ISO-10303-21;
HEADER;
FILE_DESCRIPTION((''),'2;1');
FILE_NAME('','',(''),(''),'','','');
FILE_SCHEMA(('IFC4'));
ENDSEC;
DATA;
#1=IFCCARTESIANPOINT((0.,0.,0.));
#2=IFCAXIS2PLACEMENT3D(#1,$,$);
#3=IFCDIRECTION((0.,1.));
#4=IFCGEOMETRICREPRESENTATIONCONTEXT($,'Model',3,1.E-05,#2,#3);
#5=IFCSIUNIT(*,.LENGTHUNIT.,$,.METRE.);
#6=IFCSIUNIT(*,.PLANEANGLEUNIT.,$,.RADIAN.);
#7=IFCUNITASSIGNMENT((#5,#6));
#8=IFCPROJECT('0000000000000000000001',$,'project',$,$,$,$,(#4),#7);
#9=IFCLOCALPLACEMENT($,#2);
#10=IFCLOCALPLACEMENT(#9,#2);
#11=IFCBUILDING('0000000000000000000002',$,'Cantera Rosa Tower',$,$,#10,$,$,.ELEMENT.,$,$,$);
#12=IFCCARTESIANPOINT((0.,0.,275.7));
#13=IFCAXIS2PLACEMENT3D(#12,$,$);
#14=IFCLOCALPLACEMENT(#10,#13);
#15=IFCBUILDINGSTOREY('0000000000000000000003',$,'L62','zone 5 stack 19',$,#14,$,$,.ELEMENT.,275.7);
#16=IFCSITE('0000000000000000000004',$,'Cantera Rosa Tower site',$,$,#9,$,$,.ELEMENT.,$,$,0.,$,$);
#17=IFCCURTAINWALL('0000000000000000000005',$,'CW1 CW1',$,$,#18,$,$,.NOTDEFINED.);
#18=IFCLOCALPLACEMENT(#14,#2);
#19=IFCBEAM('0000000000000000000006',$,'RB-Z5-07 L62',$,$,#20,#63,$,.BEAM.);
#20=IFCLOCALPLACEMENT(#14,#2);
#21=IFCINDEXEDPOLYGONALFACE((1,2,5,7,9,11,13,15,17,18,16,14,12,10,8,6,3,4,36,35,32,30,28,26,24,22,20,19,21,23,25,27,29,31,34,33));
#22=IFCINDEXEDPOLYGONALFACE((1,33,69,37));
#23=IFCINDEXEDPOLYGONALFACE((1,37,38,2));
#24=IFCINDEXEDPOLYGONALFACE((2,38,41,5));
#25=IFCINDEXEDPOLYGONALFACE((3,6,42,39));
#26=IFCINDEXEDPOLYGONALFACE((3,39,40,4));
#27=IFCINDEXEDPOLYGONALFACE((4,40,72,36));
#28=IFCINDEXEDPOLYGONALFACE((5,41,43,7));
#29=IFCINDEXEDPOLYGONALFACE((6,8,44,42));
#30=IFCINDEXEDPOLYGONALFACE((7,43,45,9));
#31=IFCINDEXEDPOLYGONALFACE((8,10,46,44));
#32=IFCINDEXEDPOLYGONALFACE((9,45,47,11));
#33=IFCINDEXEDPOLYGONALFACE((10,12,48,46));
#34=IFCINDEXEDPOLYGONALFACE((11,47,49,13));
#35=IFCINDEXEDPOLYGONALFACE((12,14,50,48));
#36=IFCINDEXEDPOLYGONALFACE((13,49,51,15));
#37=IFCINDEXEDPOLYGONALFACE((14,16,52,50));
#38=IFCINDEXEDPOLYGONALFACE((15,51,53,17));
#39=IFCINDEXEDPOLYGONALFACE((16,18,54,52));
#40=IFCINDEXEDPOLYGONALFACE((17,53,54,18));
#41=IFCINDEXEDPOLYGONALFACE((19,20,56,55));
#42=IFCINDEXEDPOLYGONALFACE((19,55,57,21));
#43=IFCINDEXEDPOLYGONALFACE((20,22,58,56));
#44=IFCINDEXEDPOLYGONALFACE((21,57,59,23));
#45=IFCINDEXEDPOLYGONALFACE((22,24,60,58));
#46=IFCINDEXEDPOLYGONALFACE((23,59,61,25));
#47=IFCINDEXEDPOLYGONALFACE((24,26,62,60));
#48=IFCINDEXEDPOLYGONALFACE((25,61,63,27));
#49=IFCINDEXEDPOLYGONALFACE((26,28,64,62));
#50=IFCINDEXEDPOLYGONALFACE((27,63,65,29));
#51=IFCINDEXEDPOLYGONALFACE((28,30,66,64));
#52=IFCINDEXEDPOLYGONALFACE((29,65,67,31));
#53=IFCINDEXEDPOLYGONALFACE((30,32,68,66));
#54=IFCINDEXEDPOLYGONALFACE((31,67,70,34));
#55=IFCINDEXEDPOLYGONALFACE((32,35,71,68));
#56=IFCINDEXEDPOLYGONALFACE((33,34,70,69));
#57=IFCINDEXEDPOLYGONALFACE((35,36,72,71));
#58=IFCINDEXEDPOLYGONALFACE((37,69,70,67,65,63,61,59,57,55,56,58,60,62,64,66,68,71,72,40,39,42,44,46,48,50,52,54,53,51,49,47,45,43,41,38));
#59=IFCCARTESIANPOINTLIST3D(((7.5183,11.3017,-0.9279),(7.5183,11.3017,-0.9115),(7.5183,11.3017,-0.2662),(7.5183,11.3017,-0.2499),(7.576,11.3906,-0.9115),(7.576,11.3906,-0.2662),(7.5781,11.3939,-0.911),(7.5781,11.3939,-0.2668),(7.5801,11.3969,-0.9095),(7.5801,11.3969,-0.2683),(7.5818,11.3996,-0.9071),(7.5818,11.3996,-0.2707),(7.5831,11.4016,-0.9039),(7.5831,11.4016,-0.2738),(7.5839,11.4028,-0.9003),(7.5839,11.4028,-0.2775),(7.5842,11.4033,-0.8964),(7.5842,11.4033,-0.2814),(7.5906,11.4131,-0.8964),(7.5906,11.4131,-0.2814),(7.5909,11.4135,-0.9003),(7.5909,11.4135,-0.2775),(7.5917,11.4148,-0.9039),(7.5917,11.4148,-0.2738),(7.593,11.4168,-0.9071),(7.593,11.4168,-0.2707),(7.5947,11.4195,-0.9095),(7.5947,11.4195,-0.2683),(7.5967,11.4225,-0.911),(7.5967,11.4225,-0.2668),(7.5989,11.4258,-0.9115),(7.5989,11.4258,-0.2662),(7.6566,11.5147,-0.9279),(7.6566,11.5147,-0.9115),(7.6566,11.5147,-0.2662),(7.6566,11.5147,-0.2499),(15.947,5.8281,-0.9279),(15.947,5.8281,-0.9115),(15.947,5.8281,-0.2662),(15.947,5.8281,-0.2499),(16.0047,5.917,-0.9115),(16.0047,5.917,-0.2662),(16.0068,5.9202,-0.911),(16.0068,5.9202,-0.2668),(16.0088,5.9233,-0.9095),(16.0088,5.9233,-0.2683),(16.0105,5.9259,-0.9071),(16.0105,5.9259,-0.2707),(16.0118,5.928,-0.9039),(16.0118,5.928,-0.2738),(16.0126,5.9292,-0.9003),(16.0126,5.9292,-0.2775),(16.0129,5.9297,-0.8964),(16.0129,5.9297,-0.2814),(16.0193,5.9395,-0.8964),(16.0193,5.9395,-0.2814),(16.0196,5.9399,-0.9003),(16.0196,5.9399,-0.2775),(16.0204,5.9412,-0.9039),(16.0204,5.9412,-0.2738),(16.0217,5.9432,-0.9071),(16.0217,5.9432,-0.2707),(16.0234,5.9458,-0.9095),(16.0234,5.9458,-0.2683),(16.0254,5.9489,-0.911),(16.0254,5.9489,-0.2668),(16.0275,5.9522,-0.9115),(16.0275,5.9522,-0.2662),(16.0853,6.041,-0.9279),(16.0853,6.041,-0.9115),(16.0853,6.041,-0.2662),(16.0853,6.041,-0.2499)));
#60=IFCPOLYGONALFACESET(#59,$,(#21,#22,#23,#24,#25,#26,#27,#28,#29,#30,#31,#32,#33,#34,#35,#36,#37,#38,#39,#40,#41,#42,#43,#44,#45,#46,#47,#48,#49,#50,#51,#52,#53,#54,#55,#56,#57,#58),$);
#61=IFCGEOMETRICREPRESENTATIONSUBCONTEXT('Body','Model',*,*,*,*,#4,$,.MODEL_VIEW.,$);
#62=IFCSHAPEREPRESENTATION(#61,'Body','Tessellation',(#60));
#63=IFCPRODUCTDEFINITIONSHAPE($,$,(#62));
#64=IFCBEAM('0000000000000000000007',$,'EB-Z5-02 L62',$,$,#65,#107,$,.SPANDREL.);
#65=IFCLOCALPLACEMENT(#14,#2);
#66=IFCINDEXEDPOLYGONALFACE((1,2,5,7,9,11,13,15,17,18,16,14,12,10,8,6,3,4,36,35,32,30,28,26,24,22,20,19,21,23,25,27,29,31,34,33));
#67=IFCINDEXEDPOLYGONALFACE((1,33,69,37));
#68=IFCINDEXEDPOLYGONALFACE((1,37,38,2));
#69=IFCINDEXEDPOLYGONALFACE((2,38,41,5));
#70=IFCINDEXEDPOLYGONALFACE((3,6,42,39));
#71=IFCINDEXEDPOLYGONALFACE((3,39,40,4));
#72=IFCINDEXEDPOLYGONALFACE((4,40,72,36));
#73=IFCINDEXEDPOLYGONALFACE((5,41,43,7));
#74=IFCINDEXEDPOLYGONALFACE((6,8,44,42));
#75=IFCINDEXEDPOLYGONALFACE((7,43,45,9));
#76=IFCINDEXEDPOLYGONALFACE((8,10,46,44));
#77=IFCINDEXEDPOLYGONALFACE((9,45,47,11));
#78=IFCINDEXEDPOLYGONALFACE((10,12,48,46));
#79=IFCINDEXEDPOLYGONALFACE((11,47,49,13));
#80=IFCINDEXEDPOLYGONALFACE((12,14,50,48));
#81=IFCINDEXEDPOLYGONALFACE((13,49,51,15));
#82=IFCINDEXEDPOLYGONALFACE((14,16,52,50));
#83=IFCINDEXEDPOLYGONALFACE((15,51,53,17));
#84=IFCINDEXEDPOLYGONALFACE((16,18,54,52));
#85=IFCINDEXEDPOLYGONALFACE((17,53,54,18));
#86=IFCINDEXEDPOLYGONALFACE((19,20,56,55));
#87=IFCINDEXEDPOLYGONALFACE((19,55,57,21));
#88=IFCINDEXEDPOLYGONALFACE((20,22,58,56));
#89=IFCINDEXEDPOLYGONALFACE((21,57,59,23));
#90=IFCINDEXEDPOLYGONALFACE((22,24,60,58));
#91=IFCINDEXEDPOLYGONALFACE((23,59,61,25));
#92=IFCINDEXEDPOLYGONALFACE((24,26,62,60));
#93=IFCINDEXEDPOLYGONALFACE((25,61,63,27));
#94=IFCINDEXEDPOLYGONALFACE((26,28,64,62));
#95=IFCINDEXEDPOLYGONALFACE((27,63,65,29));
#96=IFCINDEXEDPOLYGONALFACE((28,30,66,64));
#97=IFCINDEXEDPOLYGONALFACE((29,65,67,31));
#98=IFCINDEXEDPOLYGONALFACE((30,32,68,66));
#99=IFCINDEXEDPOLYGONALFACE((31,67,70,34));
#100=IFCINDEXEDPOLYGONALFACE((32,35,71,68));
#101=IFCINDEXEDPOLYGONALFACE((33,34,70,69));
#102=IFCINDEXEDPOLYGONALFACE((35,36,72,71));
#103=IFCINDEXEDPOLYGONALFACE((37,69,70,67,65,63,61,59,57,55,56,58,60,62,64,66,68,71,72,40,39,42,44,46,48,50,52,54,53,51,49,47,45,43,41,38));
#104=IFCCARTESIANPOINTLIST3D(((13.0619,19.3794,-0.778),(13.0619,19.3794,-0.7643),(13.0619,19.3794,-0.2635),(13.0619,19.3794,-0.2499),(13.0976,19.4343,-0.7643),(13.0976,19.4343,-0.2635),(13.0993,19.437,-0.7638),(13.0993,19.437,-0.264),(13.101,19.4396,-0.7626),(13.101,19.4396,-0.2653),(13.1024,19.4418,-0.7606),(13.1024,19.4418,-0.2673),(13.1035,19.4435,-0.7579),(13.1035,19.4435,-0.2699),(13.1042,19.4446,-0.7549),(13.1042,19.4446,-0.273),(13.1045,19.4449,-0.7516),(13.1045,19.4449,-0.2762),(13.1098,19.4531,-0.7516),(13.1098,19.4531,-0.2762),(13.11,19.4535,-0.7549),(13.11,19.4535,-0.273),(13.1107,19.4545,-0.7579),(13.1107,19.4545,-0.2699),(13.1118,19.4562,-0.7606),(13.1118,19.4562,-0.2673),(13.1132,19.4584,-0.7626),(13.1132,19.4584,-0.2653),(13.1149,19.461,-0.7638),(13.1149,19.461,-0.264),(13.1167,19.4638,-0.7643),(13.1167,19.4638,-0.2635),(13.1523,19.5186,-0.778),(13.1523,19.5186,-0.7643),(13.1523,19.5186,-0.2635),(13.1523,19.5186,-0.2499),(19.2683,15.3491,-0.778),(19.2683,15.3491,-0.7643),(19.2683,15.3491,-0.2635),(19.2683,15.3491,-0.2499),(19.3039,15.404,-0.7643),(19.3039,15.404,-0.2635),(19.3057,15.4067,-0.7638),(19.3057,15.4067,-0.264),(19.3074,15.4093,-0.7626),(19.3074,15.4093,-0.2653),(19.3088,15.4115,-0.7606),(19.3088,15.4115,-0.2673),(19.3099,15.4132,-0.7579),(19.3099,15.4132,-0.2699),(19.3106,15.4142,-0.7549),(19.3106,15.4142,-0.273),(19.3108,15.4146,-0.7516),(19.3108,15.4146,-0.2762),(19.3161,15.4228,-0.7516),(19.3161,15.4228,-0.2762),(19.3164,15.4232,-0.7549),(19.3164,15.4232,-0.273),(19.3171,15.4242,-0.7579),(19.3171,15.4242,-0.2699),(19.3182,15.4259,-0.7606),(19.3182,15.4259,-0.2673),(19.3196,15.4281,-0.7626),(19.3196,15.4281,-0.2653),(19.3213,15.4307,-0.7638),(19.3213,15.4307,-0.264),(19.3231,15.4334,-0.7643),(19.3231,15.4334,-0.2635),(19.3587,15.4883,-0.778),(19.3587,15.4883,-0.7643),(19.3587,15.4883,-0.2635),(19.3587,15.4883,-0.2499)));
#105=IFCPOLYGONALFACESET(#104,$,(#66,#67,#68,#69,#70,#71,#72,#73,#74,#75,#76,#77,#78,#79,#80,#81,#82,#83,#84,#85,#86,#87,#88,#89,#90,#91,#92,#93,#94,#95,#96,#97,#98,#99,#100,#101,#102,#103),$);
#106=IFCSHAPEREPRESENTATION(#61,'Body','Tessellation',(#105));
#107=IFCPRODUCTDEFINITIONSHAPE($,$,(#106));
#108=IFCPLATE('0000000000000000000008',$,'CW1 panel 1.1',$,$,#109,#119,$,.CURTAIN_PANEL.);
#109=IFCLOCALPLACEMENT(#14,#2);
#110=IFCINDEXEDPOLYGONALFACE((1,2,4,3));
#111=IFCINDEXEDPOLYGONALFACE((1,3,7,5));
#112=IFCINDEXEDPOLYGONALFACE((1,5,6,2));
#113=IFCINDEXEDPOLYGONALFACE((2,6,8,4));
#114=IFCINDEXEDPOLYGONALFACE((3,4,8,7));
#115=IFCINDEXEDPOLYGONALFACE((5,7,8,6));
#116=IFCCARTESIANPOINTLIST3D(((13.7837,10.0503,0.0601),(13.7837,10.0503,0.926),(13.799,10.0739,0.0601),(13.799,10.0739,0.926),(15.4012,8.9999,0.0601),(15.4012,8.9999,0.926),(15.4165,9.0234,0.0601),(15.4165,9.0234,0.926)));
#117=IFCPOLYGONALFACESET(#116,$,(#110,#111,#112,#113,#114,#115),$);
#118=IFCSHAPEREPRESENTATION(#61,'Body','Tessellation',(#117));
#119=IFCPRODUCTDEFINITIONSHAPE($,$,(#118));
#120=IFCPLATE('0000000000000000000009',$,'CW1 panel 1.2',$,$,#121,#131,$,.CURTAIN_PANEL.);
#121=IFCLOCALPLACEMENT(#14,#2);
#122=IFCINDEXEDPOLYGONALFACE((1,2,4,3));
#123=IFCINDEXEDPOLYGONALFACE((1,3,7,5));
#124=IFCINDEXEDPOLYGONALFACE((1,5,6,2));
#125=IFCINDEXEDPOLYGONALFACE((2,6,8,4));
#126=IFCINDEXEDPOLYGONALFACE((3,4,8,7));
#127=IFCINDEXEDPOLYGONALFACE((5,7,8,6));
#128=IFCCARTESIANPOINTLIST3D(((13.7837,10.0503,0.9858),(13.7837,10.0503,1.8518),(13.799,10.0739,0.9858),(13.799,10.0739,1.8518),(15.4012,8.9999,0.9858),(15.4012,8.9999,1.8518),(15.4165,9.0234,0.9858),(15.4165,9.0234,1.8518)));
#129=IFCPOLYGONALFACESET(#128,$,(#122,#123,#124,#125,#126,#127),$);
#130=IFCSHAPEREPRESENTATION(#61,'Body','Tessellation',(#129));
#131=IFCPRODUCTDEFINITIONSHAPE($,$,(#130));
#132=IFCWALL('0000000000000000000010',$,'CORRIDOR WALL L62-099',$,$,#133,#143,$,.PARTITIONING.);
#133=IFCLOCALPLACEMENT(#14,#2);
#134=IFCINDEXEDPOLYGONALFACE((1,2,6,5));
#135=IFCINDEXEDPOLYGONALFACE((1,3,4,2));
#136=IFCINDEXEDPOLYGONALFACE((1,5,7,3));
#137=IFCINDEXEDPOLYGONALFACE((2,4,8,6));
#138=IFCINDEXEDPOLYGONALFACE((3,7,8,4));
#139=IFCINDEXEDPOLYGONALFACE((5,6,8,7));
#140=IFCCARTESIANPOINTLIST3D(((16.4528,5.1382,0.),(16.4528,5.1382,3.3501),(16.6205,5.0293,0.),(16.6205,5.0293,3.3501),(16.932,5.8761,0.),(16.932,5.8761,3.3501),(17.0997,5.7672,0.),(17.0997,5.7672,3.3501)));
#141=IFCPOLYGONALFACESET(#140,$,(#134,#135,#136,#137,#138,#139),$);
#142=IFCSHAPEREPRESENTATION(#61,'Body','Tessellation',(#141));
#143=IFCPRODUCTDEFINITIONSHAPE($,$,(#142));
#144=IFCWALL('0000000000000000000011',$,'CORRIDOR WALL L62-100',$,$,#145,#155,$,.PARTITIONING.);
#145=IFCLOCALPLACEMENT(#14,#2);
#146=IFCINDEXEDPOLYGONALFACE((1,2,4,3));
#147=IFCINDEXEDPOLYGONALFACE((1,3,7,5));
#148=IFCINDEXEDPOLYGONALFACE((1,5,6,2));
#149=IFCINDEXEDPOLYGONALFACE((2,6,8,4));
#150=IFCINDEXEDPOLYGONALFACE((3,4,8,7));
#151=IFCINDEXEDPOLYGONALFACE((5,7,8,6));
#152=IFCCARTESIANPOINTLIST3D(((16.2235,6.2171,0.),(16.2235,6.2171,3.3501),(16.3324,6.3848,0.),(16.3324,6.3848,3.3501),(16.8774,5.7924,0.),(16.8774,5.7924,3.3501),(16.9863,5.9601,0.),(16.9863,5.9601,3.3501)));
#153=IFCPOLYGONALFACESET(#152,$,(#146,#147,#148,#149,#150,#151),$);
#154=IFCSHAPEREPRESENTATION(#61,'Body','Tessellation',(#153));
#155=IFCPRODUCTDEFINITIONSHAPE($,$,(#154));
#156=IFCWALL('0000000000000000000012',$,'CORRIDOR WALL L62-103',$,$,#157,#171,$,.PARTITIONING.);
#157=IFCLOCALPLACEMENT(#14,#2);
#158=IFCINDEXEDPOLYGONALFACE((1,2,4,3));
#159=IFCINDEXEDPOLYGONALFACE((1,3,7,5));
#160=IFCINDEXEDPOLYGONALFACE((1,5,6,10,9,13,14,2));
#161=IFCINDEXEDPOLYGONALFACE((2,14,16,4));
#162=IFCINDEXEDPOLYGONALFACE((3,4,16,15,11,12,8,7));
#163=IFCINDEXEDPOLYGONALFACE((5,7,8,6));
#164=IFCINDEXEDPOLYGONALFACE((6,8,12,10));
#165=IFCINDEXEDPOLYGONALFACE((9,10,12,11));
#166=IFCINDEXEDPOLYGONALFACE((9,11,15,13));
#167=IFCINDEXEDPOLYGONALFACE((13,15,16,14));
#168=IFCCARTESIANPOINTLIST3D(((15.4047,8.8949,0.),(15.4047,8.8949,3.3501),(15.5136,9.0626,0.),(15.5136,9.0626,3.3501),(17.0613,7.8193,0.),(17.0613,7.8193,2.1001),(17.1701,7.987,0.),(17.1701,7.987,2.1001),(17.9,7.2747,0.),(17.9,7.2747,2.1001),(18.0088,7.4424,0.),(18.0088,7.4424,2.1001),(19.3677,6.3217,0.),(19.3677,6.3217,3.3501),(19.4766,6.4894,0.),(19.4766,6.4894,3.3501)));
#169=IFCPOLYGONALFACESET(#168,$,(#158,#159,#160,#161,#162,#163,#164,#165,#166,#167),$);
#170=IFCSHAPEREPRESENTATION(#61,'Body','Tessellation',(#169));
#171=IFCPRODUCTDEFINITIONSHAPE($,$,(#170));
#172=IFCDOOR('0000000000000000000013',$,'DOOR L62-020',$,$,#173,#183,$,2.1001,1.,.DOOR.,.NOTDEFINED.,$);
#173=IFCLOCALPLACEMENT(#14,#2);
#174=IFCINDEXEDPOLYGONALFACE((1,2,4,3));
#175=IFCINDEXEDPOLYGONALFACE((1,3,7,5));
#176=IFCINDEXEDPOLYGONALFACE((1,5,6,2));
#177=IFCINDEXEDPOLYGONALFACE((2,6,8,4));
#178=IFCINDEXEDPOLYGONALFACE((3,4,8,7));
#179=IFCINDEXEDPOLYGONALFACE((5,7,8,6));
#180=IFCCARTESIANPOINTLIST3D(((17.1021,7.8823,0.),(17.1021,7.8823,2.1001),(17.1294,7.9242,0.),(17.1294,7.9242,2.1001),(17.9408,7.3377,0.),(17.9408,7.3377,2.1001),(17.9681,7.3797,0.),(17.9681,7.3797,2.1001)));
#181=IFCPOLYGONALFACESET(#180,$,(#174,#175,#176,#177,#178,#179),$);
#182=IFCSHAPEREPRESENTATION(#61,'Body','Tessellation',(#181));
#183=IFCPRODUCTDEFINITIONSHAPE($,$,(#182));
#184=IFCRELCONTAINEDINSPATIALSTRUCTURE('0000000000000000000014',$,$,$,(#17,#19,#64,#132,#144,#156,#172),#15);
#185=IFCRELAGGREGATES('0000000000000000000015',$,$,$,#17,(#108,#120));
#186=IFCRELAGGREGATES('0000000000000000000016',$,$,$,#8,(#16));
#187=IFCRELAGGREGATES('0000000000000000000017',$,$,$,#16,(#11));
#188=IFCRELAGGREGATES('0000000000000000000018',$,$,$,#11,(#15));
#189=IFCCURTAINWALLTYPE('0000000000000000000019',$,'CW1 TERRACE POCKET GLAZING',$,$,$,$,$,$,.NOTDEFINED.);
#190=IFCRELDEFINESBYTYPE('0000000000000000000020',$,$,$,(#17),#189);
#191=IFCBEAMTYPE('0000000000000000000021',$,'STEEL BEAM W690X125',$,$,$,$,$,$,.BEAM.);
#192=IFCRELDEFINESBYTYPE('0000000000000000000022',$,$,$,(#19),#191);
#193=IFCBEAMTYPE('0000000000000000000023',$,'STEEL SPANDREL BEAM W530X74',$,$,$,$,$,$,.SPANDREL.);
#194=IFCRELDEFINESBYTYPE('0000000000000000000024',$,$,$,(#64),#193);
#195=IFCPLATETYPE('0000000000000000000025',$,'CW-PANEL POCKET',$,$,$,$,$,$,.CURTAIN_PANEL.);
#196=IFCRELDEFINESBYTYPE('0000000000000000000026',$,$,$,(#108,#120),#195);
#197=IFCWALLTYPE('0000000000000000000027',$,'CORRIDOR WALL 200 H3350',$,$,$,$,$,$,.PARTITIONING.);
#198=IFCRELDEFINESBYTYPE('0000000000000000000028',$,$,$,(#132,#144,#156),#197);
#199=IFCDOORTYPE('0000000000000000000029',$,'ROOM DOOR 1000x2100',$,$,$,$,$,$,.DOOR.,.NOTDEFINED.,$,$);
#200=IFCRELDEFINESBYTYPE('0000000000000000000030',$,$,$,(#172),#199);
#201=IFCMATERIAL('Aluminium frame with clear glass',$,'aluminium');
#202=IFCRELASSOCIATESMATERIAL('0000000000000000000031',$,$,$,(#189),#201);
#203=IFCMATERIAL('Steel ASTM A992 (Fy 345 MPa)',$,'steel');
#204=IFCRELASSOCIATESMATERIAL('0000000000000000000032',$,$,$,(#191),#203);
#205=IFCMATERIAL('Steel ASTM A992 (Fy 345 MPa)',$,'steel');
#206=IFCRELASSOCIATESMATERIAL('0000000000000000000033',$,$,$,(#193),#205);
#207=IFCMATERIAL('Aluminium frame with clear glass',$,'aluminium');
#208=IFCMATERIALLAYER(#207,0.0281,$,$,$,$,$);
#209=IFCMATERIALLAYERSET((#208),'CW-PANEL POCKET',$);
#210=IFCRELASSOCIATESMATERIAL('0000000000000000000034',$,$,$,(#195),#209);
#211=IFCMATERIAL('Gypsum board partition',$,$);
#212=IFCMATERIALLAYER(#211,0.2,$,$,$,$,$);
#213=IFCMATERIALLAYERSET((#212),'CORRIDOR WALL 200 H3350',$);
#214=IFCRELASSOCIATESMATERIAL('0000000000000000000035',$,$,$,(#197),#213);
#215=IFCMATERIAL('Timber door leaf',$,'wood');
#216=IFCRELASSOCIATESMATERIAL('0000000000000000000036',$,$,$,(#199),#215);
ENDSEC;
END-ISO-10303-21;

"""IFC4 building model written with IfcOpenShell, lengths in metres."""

from ifc_helpers import new_model, si_unit, direction, frame, frame_2d, origin, origin_2d, place, context, subcontext, project, spatial, rectangle, i_section, extrude, material, layer, layer_set, material_profile, profile_set, type_object, element, fill, aggregate, save


model = new_model("IFC4")

# Units and contexts
model_context = context("Model", 3, precision=1e-05, world=origin(), true_north=direction((0.0, 1.0)))
body_context = subcontext(model_context, "Body", "Model", "MODEL_VIEW")
ifc_project = project(units=[si_unit("LENGTHUNIT", "METRE"), si_unit("PLANEANGLEUNIT", "RADIAN")], contexts=[model_context])

# Site, building, storey
site_placement = place(None, origin())
site = spatial("IfcSite", under=ifc_project, at=site_placement, Name="Cantera Rosa Tower site", CompositionType="ELEMENT", RefElevation=0.0)
building_placement = place(site_placement, origin())
building = spatial("IfcBuilding", under=site, at=building_placement, Name="Cantera Rosa Tower", CompositionType="ELEMENT")
storey_placement = place(building_placement, frame((0.0, 0.0, 275.7)))
storey = spatial("IfcBuildingStorey", under=building, at=storey_placement, Name="L62", Description="zone 5 stack 19", CompositionType="ELEMENT", Elevation=275.7)

# Curtain wall
ifc_material_1 = material(Name="Aluminium frame with clear glass", Category="aluminium")
curtain_wall_type = type_object("IfcCurtainWallType", Name="CW1 TERRACE POCKET GLAZING", PredefinedType="NOTDEFINED", material=ifc_material_1)
curtain_wall_placement = place(storey_placement, origin())
curtain_wall = element("IfcCurtainWall", 1, at=curtain_wall_placement, inside=storey, type_object=curtain_wall_type, Name="CW1 CW1", PredefinedType="NOTDEFINED")

# Beams
ifc_material_2 = material(Name="Steel ASTM A992 (Fy 345 MPa)", Category="steel")
ifc_material_profile_1 = material_profile(ifc_material_2, i_section(OverallWidth=0.2539, OverallDepth=0.678, WebThickness=0.0117, FlangeThickness=0.0164, FilletRadius=0.0151, at=origin_2d()), Name="W690X125")
ifc_profile_set_1 = profile_set([ifc_material_profile_1], Name="Steel ASTM A992 (Fy 345 MPa)")
beam_type_1 = type_object("IfcBeamType", Name="STEEL BEAM W690X125", PredefinedType="BEAM", material=ifc_profile_set_1)
beam_1_placement = place(storey_placement, frame((16.0161, 5.9346, -0.5889), z_axis=(-0.838672, 0.544637, 0.0), x_axis=(-0.544637, -0.838672, 0.0)))
element("IfcBeam", 2, at=beam_1_placement, inside=storey, type_object=beam_type_1, Name="RB-Z5-07 L62", PredefinedType="BEAM", context=body_context, shape_type="SweptSolid", body=[
    extrude(i_section(OverallWidth=0.2539, OverallDepth=0.678, WebThickness=0.0117, FlangeThickness=0.0164, FilletRadius=0.0151, at=origin_2d()), origin(), (0.0, 0.0, 1.0), 10.05),
])
ifc_material_3 = material(Name="Steel ASTM A992 (Fy 345 MPa)", Category="steel")
ifc_material_profile_2 = material_profile(ifc_material_3, i_section(OverallWidth=0.166, OverallDepth=0.5281, WebThickness=0.0098, FlangeThickness=0.0137, FilletRadius=0.0127, at=origin_2d()), Name="W530X74")
ifc_profile_set_2 = profile_set([ifc_material_profile_2], Name="Steel ASTM A992 (Fy 345 MPa)")
beam_type_2 = type_object("IfcBeamType", Name="STEEL SPANDREL BEAM W530X74", PredefinedType="SPANDREL", material=ifc_profile_set_2)
beam_2_placement = place(storey_placement, frame((19.3135, 15.4187, -0.5139), z_axis=(-0.838679, 0.544625, 0.0), x_axis=(-0.544625, -0.838679, 0.0)))
element("IfcBeam", 3, at=beam_2_placement, inside=storey, type_object=beam_type_2, Name="EB-Z5-02 L62", PredefinedType="SPANDREL", context=body_context, shape_type="SweptSolid", body=[
    extrude(i_section(OverallWidth=0.166, OverallDepth=0.5281, WebThickness=0.0098, FlangeThickness=0.0137, FilletRadius=0.0127, at=origin_2d()), origin(), (0.0, 0.0, 1.0), 7.4001),
])

# Plates
ifc_material_4 = material(Name="Aluminium frame with clear glass", Category="aluminium")
ifc_layer_1 = layer(ifc_material_4, 0.0281)
ifc_layer_set_1 = layer_set([ifc_layer_1], Name="CW-PANEL POCKET")
plate_type = type_object("IfcPlateType", Name="CW-PANEL POCKET", PredefinedType="CURTAIN_PANEL", material=ifc_layer_set_1)
plate_1_placement = place(storey_placement, frame((14.6001, 9.5369, 0.0601), z_axis=(0.0, 0.0, 1.0), x_axis=(-0.838671, 0.544639, 0.0)))
plate_1 = element("IfcPlate", 4, at=plate_1_placement, type_object=plate_type, Name="CW1 panel 1.1", PredefinedType="CURTAIN_PANEL", context=body_context, shape_type="SweptSolid", body=[
    extrude(rectangle(XDim=1.9287, YDim=0.0281, at=origin_2d()), origin(), (0.0, 0.0, 1.0), 0.866),
])
plate_2_placement = place(storey_placement, frame((14.6001, 9.5369, 0.9858), z_axis=(0.0, 0.0, 1.0), x_axis=(-0.838671, 0.544639, 0.0)))
plate_2 = element("IfcPlate", 5, at=plate_2_placement, type_object=plate_type, Name="CW1 panel 1.2", PredefinedType="CURTAIN_PANEL", context=body_context, shape_type="SweptSolid", body=[
    extrude(rectangle(XDim=1.9287, YDim=0.0281, at=origin_2d()), origin(), (0.0, 0.0, 1.0), 0.866),
])
aggregate(curtain_wall, [plate_1, plate_2])

# Walls
ifc_material_5 = material(Name="Gypsum board partition")
ifc_layer_2 = layer(ifc_material_5, 0.2)
ifc_layer_set_2 = layer_set([ifc_layer_2], Name="CORRIDOR WALL 200 H3350")
wall_type_1 = type_object("IfcWallType", Name="CORRIDOR WALL 200 H3350", PredefinedType="PARTITIONING", material=ifc_layer_set_2)
wall_1_placement = place(storey_placement, frame((16.5366, 5.0837, 0.0), z_axis=(0.0, 0.0, 1.0), x_axis=(0.544608, 0.838691, 0.0)))
element("IfcWall", 6, at=wall_1_placement, inside=storey, type_object=wall_type_1, Name="CORRIDOR WALL L62-099", PredefinedType="PARTITIONING", context=body_context, shape_type="SweptSolid", body=[
    extrude(rectangle(XDim=0.8799, YDim=0.2, at=frame_2d((0.4399, 0.0))), origin(), (0.0, 0.0, 1.0), 3.3501),
])
wall_2_placement = place(storey_placement, frame((16.9319, 5.8762, 0.0), z_axis=(0.0, 0.0, 1.0), x_axis=(-0.838637, 0.544691, 0.0)))
element("IfcWall", 7, at=wall_2_placement, inside=storey, type_object=wall_type_1, Name="CORRIDOR WALL L62-100", PredefinedType="PARTITIONING", context=body_context, shape_type="SweptSolid", body=[
    extrude(rectangle(XDim=0.7798, YDim=0.2, at=frame_2d((0.3899, 0.0))), origin(), (0.0, 0.0, 1.0), 3.3501),
])

# Wall, opening, door
wall_3_placement = place(storey_placement, frame((19.4221, 6.4055, 0.0), z_axis=(0.0, 0.0, 1.0), x_axis=(-0.838699, 0.544596, 0.0)))
wall_3 = element("IfcWall", 8, at=wall_3_placement, inside=storey, type_object=wall_type_1, Name="CORRIDOR WALL L62-103", PredefinedType="PARTITIONING", context=body_context, shape_type="SweptSolid", body=[
    extrude(rectangle(XDim=4.7251, YDim=0.2, at=frame_2d((2.3625, 0.0))), origin(), (0.0, 0.0, 1.0), 3.3501),
])
opening_1_placement = place(wall_3_placement, frame((1.75, 0.0, 0.0)))
opening_1 = element("IfcOpeningElement", 9, at=opening_1_placement, cuts=wall_3, PredefinedType="OPENING", context=body_context, shape_type="SweptSolid", body=[
    extrude(rectangle(XDim=1.0, YDim=2.1001, at=frame_2d((0.5, 1.05))), frame((0.0, 0.1099, 0.0), z_axis=(0.0, -1.0, 0.0), x_axis=(1.0, 0.0, 0.0)), (0.0, 0.0, 1.0), 0.22),
])
ifc_material_6 = material(Name="Timber door leaf", Category="wood")
door_type_1 = type_object("IfcDoorType", Name="ROOM DOOR 1000x2100", OperationType="NOTDEFINED", PredefinedType="DOOR", material=ifc_material_6)
door_1_placement = place(opening_1_placement, origin())
door_1 = element("IfcDoor", 10, at=door_1_placement, inside=storey, type_object=door_type_1, Name="DOOR L62-020", OperationType="NOTDEFINED", OverallHeight=2.1001, OverallWidth=1.0, PredefinedType="DOOR", context=body_context, shape_type="SweptSolid", body=[
    extrude(rectangle(XDim=1.0, YDim=2.1001, at=frame_2d((0.5, 1.05))), frame((0.0, 0.0249, 0.0), z_axis=(0.0, -1.0, 0.0), x_axis=(1.0, 0.0, 0.0)), (0.0, 0.0, 1.0), 0.05),
])
fill(opening_1, door_1)

save(model, "model.ifc")
